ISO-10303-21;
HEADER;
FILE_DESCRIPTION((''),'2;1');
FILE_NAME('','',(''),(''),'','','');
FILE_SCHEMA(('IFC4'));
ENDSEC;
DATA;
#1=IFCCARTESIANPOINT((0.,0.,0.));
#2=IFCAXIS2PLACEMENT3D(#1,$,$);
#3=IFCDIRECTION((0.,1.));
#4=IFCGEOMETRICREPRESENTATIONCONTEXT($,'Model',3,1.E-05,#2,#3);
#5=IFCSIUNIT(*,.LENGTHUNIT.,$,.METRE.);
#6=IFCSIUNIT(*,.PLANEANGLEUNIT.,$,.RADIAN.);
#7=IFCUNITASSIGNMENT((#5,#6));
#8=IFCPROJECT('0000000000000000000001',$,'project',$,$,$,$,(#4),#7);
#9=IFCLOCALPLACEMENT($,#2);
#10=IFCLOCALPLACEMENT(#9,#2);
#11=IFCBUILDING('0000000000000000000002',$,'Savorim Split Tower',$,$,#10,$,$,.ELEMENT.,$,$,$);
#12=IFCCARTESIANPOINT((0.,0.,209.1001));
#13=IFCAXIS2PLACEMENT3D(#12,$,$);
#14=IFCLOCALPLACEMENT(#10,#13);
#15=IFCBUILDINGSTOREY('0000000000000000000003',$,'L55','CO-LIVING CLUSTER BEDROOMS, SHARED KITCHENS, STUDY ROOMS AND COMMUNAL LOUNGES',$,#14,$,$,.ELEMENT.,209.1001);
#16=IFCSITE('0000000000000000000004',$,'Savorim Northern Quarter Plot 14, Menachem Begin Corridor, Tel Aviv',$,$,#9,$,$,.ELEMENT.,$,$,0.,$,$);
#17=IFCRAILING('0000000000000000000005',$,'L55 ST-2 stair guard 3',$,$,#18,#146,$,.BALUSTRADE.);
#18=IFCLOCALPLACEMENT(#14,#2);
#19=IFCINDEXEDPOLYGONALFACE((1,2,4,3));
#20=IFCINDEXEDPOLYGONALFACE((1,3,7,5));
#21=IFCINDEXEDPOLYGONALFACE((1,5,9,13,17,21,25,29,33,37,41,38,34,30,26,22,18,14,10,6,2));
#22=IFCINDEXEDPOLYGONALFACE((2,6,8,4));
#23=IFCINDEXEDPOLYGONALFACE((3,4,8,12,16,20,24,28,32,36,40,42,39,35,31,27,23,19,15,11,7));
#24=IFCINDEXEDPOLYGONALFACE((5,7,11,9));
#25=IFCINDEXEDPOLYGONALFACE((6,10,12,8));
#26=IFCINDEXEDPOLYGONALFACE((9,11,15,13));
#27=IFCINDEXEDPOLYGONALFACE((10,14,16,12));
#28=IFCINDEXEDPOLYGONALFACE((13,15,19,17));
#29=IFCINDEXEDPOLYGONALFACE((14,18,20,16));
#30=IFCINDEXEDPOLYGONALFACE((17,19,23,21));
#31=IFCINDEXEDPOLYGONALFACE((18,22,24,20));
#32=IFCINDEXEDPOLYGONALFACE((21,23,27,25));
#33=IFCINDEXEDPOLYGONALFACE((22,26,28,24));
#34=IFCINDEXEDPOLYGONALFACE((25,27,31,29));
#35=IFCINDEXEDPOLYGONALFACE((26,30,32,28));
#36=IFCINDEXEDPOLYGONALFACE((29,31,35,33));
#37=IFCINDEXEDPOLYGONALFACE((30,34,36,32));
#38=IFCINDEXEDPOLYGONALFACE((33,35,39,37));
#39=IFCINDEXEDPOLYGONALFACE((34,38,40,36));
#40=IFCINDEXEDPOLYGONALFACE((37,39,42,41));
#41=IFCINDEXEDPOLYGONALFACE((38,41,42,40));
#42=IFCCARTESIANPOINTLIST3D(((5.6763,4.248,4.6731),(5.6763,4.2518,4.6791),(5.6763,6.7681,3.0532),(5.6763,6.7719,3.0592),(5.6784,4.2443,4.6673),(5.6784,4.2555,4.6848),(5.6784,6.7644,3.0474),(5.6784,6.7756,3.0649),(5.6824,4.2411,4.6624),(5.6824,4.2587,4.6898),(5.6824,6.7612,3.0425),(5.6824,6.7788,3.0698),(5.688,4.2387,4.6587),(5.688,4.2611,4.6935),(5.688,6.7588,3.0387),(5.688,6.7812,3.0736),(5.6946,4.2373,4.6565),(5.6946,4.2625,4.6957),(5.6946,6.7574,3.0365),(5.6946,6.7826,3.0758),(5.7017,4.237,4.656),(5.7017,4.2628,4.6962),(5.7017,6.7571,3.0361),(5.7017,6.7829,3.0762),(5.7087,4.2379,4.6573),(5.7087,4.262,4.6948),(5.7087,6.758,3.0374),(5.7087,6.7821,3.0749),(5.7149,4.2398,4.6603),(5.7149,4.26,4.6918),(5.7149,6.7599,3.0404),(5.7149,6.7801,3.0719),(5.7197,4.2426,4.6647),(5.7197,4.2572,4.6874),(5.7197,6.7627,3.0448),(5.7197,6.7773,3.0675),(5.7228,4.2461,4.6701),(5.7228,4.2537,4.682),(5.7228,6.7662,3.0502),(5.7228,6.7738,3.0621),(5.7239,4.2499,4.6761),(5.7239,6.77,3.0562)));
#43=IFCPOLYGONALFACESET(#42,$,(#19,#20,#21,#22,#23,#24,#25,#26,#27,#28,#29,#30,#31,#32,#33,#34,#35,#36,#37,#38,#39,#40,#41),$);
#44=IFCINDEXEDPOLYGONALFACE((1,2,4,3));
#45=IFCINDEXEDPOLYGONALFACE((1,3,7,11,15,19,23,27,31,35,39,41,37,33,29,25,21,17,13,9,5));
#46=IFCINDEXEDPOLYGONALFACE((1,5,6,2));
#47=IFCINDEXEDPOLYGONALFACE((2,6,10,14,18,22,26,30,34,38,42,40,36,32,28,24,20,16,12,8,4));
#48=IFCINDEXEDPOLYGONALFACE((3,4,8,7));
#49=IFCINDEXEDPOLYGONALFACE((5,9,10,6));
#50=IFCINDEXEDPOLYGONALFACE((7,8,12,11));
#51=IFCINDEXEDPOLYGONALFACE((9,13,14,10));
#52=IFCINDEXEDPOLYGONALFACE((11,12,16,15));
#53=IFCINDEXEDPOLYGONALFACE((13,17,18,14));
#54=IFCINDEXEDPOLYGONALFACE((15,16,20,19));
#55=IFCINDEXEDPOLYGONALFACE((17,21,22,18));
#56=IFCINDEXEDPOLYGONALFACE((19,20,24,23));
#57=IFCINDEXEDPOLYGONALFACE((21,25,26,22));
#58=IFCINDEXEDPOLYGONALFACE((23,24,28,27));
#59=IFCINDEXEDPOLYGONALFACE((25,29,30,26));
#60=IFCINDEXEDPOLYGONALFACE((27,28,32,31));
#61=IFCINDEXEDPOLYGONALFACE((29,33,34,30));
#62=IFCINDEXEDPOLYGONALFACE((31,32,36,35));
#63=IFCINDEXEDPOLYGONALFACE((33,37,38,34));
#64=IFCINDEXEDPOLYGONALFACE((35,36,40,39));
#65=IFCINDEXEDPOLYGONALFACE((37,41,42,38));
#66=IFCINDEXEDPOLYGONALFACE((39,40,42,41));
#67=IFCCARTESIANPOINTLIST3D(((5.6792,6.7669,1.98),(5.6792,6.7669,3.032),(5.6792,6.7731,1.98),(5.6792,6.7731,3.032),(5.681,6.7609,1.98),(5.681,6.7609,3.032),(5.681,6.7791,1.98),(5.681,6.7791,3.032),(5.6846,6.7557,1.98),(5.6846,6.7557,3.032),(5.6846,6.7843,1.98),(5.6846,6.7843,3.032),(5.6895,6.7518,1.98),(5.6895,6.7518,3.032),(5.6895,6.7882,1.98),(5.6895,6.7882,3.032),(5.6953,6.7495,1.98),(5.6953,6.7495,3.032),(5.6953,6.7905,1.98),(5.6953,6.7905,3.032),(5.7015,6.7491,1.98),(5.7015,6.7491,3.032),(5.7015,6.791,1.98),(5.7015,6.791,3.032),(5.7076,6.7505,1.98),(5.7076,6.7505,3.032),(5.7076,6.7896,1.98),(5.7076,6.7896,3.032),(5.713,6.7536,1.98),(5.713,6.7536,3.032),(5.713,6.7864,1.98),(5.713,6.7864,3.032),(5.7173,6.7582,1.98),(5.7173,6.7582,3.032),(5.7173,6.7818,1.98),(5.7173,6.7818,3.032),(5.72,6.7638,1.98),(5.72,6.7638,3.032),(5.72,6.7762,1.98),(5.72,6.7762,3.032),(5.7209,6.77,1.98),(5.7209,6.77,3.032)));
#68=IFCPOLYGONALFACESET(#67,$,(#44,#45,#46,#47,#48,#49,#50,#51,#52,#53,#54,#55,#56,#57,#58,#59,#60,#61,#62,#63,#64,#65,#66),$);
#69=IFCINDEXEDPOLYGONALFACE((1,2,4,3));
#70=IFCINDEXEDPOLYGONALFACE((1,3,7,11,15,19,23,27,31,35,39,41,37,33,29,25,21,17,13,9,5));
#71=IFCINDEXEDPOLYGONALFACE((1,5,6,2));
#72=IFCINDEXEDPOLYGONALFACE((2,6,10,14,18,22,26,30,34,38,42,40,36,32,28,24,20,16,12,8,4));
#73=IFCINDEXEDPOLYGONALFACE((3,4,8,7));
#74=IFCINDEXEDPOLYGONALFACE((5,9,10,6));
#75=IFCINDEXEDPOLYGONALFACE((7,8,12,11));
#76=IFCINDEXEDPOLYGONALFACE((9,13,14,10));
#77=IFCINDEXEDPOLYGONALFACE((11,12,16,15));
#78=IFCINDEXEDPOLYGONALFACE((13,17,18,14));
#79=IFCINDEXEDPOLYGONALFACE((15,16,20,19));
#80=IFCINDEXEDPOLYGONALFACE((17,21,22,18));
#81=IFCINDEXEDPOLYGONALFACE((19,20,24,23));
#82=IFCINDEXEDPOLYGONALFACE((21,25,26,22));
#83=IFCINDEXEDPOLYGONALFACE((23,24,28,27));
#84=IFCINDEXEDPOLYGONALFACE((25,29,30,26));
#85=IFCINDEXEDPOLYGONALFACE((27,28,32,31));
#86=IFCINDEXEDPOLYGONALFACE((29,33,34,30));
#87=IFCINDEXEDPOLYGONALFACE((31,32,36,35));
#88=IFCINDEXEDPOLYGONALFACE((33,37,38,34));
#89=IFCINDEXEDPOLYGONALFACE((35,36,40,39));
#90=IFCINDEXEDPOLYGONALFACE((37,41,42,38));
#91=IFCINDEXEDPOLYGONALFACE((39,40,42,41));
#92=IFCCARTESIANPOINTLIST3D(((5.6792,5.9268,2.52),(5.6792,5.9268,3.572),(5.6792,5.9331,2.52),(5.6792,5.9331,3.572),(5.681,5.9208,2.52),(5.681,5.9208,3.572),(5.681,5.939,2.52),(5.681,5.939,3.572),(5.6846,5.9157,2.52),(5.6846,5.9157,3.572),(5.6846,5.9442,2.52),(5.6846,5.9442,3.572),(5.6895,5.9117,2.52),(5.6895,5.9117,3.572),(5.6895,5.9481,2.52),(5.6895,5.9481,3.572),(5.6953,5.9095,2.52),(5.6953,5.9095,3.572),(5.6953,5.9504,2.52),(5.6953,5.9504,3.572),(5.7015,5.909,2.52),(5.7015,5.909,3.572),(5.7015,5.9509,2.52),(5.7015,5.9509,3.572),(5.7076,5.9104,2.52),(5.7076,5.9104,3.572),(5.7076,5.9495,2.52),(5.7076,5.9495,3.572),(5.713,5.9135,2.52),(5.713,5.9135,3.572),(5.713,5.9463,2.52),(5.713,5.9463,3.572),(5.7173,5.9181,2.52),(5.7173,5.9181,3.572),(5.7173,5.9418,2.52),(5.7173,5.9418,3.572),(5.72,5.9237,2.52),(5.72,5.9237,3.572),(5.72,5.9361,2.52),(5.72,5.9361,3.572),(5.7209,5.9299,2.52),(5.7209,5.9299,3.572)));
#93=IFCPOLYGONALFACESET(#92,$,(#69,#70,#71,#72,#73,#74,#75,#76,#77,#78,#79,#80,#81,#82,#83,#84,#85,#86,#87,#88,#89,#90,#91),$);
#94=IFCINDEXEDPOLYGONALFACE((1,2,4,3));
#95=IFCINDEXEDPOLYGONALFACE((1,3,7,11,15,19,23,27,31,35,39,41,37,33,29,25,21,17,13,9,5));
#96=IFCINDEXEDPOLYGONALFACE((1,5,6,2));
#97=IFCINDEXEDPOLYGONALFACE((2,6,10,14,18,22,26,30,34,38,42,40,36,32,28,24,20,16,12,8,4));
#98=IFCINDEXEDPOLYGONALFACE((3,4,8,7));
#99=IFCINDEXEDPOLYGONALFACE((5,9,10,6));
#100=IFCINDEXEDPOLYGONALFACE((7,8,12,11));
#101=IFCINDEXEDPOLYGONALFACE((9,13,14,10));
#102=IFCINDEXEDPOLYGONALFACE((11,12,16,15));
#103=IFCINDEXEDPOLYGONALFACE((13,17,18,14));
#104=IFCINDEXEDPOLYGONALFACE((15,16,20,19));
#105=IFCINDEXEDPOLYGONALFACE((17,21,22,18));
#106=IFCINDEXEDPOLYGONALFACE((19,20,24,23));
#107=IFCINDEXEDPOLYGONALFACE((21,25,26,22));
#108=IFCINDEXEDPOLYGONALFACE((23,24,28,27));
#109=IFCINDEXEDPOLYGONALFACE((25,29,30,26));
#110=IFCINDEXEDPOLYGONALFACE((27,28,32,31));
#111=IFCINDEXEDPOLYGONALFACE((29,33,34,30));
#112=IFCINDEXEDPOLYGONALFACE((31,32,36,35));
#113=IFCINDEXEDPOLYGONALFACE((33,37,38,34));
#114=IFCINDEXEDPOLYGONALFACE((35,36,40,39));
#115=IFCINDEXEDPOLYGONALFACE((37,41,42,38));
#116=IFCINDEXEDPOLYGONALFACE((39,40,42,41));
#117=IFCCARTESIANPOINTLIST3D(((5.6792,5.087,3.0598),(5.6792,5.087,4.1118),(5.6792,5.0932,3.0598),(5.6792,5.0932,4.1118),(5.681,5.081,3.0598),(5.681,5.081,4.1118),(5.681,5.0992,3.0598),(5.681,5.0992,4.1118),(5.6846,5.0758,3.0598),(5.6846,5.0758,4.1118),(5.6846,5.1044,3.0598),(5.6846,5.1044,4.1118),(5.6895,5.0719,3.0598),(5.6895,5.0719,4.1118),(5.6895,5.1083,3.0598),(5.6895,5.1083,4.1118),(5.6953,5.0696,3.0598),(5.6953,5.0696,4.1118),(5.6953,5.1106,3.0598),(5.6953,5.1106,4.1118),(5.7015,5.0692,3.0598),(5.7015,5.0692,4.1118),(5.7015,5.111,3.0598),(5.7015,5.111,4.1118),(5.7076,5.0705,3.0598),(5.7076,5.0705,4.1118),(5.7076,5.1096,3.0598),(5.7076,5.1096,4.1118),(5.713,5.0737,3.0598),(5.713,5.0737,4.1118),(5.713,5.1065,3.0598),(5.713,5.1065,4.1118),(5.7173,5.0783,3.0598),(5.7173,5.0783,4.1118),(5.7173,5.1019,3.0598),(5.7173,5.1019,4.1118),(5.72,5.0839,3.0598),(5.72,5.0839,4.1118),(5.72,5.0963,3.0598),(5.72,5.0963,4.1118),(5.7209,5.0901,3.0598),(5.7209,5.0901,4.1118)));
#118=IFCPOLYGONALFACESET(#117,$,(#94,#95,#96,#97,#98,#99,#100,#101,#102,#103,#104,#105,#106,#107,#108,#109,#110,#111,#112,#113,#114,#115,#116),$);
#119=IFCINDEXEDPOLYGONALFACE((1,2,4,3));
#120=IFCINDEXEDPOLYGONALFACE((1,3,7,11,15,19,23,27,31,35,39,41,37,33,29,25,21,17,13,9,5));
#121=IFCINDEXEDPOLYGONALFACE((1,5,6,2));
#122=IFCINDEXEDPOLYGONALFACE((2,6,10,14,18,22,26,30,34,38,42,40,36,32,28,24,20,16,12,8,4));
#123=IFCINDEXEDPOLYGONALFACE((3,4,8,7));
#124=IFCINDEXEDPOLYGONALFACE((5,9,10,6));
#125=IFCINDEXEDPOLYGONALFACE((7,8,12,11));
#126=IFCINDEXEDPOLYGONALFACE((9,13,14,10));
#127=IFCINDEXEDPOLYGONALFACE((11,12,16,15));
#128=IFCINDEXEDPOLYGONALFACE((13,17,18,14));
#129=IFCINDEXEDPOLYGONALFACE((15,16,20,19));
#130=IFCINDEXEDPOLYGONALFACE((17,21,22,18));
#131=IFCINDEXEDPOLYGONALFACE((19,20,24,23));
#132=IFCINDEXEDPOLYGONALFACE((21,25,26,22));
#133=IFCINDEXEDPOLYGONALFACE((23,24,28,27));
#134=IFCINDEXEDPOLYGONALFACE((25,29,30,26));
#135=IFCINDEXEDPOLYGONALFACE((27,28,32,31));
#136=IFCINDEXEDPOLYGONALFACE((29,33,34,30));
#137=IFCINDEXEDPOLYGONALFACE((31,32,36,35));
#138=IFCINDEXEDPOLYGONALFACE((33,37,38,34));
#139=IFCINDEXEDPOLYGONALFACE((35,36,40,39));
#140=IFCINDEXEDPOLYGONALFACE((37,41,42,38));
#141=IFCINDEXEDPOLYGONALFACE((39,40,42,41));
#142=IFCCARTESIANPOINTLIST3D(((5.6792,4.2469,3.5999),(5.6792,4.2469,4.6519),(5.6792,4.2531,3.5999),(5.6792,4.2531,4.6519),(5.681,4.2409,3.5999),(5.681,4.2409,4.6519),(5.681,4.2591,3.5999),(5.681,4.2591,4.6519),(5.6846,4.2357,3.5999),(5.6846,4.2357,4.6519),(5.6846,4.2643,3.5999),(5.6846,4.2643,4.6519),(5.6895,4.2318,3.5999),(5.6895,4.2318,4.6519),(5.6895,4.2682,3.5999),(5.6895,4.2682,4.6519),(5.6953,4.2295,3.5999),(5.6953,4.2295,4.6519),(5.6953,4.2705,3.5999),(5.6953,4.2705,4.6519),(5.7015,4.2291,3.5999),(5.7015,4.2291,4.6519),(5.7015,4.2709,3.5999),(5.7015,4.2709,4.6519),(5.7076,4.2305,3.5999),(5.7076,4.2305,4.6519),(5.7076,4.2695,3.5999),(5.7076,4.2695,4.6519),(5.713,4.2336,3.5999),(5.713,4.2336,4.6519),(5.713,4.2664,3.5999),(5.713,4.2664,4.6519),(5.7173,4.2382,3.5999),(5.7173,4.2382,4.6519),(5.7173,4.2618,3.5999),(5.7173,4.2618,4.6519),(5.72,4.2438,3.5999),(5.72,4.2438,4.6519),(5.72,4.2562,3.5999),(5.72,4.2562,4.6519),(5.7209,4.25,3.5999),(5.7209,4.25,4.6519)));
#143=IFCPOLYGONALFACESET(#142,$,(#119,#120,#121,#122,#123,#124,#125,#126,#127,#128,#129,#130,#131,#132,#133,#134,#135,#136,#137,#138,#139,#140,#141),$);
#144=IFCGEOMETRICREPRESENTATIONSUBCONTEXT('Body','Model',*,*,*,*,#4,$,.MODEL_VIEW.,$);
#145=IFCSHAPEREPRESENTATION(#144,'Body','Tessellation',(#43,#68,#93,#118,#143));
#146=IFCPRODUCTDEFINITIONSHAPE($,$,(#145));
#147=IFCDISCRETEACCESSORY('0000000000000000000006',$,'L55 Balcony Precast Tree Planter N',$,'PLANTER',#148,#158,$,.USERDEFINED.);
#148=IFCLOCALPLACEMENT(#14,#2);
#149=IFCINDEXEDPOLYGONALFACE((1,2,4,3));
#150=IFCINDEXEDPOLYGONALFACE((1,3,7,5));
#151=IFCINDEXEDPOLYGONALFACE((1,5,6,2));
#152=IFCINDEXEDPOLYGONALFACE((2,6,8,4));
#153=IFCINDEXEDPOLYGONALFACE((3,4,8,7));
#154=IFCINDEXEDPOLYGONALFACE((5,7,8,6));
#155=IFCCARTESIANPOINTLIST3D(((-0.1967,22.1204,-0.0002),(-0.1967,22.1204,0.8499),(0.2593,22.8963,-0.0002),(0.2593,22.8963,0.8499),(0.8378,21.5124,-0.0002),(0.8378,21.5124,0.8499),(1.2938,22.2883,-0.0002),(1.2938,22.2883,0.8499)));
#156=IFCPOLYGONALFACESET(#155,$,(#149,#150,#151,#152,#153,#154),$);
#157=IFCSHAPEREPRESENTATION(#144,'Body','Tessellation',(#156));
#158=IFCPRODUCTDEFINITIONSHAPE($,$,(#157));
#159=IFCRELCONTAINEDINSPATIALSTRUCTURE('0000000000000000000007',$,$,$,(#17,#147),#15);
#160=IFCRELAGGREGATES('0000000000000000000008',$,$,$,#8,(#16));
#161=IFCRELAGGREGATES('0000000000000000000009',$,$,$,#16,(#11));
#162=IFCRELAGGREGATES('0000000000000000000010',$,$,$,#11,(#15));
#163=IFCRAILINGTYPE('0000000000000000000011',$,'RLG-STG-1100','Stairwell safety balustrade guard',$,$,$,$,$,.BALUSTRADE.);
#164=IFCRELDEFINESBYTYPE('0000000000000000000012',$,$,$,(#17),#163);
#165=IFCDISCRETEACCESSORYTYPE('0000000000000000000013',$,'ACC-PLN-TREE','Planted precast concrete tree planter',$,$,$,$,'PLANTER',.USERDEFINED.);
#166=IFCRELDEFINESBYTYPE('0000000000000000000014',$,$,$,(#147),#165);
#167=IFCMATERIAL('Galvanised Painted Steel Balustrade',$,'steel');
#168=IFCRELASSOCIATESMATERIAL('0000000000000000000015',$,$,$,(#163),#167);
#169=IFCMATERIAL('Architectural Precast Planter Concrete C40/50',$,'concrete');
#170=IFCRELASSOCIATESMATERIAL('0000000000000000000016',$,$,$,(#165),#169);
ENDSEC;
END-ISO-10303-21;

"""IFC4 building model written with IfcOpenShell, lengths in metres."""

from ifc_helpers import new_model, si_unit, direction, frame, origin, origin_2d, place, context, subcontext, project, spatial, rectangle, circle, extrude, material, type_object, element, save


model = new_model("IFC4")

# Units and contexts
model_context = context("Model", 3, precision=1e-05, world=origin(), true_north=direction((0.0, 1.0)))
body_context = subcontext(model_context, "Body", "Model", "MODEL_VIEW")
ifc_project = project(units=[si_unit("LENGTHUNIT", "METRE"), si_unit("PLANEANGLEUNIT", "RADIAN")], contexts=[model_context])

# Site, building, storey
site_placement = place(None, origin())
site = spatial("IfcSite", under=ifc_project, at=site_placement, Name="Savorim Northern Quarter Plot 14, Menachem Begin Corridor, Tel Aviv", CompositionType="ELEMENT", RefElevation=0.0)
building_placement = place(site_placement, origin())
building = spatial("IfcBuilding", under=site, at=building_placement, Name="Savorim Split Tower", CompositionType="ELEMENT")
storey_placement = place(building_placement, frame((0.0, 0.0, 209.1001)))
storey = spatial("IfcBuildingStorey", under=building, at=storey_placement, Name="L55", Description="CO-LIVING CLUSTER BEDROOMS, SHARED KITCHENS, STUDY ROOMS AND COMMUNAL LOUNGES", CompositionType="ELEMENT", Elevation=209.1001)

# Railing
ifc_material_1 = material(Name="Galvanised Painted Steel Balustrade", Category="steel")
railing_type_1 = type_object("IfcRailingType", Name="RLG-STG-1100", Description="Stairwell safety balustrade guard", PredefinedType="BALUSTRADE", material=ifc_material_1)
railing_1_placement = place(storey_placement, frame((5.7, 6.77, 1.98)))
element("IfcRailing", 1, at=railing_1_placement, inside=storey, type_object=railing_type_1, Name="L55 ST-2 stair guard 3", PredefinedType="BALUSTRADE", context=body_context, shape_type="SweptSolid", body=[
    extrude(circle(Radius=0.0239, at=origin_2d()), frame((0.0, 0.0, 1.0762), z_axis=(0.0, -0.8412, 0.540725), x_axis=(1.0, 0.0, 0.0)), (0.0, 0.0, 1.0), 2.9958),
    extrude(circle(Radius=0.021, at=origin_2d()), origin(), (0.0, 0.0, 1.0), 1.052),
    extrude(circle(Radius=0.021, at=origin_2d()), frame((0.0, -0.8401, 0.54)), (0.0, 0.0, 1.0), 1.052),
    extrude(circle(Radius=0.021, at=origin_2d()), frame((0.0, -1.6799, 1.0798)), (0.0, 0.0, 1.0), 1.052),
    extrude(circle(Radius=0.021, at=origin_2d()), frame((0.0, -2.52, 1.6199)), (0.0, 0.0, 1.0), 1.052),
])

# Discrete accessory
ifc_material_2 = material(Name="Architectural Precast Planter Concrete C40/50", Category="concrete")
discrete_accessory_type = type_object("IfcDiscreteAccessoryType", Name="ACC-PLN-TREE", Description="Planted precast concrete tree planter", ElementType="PLANTER", PredefinedType="USERDEFINED", material=ifc_material_2)
discrete_accessory_placement = place(storey_placement, frame((0.5486, 22.2043, -0.0002), z_axis=(0.0, 0.0, 1.0), x_axis=(-0.862125, 0.506696, 0.0)))
element("IfcDiscreteAccessory", 2, at=discrete_accessory_placement, inside=storey, type_object=discrete_accessory_type, Name="L55 Balcony Precast Tree Planter N", ObjectType="PLANTER", PredefinedType="USERDEFINED", context=body_context, shape_type="SweptSolid", body=[
    extrude(rectangle(XDim=1.2, YDim=0.8999, at=origin_2d()), origin(), (0.0, 0.0, 1.0), 0.8501),
])

save(model, "model.ifc")
